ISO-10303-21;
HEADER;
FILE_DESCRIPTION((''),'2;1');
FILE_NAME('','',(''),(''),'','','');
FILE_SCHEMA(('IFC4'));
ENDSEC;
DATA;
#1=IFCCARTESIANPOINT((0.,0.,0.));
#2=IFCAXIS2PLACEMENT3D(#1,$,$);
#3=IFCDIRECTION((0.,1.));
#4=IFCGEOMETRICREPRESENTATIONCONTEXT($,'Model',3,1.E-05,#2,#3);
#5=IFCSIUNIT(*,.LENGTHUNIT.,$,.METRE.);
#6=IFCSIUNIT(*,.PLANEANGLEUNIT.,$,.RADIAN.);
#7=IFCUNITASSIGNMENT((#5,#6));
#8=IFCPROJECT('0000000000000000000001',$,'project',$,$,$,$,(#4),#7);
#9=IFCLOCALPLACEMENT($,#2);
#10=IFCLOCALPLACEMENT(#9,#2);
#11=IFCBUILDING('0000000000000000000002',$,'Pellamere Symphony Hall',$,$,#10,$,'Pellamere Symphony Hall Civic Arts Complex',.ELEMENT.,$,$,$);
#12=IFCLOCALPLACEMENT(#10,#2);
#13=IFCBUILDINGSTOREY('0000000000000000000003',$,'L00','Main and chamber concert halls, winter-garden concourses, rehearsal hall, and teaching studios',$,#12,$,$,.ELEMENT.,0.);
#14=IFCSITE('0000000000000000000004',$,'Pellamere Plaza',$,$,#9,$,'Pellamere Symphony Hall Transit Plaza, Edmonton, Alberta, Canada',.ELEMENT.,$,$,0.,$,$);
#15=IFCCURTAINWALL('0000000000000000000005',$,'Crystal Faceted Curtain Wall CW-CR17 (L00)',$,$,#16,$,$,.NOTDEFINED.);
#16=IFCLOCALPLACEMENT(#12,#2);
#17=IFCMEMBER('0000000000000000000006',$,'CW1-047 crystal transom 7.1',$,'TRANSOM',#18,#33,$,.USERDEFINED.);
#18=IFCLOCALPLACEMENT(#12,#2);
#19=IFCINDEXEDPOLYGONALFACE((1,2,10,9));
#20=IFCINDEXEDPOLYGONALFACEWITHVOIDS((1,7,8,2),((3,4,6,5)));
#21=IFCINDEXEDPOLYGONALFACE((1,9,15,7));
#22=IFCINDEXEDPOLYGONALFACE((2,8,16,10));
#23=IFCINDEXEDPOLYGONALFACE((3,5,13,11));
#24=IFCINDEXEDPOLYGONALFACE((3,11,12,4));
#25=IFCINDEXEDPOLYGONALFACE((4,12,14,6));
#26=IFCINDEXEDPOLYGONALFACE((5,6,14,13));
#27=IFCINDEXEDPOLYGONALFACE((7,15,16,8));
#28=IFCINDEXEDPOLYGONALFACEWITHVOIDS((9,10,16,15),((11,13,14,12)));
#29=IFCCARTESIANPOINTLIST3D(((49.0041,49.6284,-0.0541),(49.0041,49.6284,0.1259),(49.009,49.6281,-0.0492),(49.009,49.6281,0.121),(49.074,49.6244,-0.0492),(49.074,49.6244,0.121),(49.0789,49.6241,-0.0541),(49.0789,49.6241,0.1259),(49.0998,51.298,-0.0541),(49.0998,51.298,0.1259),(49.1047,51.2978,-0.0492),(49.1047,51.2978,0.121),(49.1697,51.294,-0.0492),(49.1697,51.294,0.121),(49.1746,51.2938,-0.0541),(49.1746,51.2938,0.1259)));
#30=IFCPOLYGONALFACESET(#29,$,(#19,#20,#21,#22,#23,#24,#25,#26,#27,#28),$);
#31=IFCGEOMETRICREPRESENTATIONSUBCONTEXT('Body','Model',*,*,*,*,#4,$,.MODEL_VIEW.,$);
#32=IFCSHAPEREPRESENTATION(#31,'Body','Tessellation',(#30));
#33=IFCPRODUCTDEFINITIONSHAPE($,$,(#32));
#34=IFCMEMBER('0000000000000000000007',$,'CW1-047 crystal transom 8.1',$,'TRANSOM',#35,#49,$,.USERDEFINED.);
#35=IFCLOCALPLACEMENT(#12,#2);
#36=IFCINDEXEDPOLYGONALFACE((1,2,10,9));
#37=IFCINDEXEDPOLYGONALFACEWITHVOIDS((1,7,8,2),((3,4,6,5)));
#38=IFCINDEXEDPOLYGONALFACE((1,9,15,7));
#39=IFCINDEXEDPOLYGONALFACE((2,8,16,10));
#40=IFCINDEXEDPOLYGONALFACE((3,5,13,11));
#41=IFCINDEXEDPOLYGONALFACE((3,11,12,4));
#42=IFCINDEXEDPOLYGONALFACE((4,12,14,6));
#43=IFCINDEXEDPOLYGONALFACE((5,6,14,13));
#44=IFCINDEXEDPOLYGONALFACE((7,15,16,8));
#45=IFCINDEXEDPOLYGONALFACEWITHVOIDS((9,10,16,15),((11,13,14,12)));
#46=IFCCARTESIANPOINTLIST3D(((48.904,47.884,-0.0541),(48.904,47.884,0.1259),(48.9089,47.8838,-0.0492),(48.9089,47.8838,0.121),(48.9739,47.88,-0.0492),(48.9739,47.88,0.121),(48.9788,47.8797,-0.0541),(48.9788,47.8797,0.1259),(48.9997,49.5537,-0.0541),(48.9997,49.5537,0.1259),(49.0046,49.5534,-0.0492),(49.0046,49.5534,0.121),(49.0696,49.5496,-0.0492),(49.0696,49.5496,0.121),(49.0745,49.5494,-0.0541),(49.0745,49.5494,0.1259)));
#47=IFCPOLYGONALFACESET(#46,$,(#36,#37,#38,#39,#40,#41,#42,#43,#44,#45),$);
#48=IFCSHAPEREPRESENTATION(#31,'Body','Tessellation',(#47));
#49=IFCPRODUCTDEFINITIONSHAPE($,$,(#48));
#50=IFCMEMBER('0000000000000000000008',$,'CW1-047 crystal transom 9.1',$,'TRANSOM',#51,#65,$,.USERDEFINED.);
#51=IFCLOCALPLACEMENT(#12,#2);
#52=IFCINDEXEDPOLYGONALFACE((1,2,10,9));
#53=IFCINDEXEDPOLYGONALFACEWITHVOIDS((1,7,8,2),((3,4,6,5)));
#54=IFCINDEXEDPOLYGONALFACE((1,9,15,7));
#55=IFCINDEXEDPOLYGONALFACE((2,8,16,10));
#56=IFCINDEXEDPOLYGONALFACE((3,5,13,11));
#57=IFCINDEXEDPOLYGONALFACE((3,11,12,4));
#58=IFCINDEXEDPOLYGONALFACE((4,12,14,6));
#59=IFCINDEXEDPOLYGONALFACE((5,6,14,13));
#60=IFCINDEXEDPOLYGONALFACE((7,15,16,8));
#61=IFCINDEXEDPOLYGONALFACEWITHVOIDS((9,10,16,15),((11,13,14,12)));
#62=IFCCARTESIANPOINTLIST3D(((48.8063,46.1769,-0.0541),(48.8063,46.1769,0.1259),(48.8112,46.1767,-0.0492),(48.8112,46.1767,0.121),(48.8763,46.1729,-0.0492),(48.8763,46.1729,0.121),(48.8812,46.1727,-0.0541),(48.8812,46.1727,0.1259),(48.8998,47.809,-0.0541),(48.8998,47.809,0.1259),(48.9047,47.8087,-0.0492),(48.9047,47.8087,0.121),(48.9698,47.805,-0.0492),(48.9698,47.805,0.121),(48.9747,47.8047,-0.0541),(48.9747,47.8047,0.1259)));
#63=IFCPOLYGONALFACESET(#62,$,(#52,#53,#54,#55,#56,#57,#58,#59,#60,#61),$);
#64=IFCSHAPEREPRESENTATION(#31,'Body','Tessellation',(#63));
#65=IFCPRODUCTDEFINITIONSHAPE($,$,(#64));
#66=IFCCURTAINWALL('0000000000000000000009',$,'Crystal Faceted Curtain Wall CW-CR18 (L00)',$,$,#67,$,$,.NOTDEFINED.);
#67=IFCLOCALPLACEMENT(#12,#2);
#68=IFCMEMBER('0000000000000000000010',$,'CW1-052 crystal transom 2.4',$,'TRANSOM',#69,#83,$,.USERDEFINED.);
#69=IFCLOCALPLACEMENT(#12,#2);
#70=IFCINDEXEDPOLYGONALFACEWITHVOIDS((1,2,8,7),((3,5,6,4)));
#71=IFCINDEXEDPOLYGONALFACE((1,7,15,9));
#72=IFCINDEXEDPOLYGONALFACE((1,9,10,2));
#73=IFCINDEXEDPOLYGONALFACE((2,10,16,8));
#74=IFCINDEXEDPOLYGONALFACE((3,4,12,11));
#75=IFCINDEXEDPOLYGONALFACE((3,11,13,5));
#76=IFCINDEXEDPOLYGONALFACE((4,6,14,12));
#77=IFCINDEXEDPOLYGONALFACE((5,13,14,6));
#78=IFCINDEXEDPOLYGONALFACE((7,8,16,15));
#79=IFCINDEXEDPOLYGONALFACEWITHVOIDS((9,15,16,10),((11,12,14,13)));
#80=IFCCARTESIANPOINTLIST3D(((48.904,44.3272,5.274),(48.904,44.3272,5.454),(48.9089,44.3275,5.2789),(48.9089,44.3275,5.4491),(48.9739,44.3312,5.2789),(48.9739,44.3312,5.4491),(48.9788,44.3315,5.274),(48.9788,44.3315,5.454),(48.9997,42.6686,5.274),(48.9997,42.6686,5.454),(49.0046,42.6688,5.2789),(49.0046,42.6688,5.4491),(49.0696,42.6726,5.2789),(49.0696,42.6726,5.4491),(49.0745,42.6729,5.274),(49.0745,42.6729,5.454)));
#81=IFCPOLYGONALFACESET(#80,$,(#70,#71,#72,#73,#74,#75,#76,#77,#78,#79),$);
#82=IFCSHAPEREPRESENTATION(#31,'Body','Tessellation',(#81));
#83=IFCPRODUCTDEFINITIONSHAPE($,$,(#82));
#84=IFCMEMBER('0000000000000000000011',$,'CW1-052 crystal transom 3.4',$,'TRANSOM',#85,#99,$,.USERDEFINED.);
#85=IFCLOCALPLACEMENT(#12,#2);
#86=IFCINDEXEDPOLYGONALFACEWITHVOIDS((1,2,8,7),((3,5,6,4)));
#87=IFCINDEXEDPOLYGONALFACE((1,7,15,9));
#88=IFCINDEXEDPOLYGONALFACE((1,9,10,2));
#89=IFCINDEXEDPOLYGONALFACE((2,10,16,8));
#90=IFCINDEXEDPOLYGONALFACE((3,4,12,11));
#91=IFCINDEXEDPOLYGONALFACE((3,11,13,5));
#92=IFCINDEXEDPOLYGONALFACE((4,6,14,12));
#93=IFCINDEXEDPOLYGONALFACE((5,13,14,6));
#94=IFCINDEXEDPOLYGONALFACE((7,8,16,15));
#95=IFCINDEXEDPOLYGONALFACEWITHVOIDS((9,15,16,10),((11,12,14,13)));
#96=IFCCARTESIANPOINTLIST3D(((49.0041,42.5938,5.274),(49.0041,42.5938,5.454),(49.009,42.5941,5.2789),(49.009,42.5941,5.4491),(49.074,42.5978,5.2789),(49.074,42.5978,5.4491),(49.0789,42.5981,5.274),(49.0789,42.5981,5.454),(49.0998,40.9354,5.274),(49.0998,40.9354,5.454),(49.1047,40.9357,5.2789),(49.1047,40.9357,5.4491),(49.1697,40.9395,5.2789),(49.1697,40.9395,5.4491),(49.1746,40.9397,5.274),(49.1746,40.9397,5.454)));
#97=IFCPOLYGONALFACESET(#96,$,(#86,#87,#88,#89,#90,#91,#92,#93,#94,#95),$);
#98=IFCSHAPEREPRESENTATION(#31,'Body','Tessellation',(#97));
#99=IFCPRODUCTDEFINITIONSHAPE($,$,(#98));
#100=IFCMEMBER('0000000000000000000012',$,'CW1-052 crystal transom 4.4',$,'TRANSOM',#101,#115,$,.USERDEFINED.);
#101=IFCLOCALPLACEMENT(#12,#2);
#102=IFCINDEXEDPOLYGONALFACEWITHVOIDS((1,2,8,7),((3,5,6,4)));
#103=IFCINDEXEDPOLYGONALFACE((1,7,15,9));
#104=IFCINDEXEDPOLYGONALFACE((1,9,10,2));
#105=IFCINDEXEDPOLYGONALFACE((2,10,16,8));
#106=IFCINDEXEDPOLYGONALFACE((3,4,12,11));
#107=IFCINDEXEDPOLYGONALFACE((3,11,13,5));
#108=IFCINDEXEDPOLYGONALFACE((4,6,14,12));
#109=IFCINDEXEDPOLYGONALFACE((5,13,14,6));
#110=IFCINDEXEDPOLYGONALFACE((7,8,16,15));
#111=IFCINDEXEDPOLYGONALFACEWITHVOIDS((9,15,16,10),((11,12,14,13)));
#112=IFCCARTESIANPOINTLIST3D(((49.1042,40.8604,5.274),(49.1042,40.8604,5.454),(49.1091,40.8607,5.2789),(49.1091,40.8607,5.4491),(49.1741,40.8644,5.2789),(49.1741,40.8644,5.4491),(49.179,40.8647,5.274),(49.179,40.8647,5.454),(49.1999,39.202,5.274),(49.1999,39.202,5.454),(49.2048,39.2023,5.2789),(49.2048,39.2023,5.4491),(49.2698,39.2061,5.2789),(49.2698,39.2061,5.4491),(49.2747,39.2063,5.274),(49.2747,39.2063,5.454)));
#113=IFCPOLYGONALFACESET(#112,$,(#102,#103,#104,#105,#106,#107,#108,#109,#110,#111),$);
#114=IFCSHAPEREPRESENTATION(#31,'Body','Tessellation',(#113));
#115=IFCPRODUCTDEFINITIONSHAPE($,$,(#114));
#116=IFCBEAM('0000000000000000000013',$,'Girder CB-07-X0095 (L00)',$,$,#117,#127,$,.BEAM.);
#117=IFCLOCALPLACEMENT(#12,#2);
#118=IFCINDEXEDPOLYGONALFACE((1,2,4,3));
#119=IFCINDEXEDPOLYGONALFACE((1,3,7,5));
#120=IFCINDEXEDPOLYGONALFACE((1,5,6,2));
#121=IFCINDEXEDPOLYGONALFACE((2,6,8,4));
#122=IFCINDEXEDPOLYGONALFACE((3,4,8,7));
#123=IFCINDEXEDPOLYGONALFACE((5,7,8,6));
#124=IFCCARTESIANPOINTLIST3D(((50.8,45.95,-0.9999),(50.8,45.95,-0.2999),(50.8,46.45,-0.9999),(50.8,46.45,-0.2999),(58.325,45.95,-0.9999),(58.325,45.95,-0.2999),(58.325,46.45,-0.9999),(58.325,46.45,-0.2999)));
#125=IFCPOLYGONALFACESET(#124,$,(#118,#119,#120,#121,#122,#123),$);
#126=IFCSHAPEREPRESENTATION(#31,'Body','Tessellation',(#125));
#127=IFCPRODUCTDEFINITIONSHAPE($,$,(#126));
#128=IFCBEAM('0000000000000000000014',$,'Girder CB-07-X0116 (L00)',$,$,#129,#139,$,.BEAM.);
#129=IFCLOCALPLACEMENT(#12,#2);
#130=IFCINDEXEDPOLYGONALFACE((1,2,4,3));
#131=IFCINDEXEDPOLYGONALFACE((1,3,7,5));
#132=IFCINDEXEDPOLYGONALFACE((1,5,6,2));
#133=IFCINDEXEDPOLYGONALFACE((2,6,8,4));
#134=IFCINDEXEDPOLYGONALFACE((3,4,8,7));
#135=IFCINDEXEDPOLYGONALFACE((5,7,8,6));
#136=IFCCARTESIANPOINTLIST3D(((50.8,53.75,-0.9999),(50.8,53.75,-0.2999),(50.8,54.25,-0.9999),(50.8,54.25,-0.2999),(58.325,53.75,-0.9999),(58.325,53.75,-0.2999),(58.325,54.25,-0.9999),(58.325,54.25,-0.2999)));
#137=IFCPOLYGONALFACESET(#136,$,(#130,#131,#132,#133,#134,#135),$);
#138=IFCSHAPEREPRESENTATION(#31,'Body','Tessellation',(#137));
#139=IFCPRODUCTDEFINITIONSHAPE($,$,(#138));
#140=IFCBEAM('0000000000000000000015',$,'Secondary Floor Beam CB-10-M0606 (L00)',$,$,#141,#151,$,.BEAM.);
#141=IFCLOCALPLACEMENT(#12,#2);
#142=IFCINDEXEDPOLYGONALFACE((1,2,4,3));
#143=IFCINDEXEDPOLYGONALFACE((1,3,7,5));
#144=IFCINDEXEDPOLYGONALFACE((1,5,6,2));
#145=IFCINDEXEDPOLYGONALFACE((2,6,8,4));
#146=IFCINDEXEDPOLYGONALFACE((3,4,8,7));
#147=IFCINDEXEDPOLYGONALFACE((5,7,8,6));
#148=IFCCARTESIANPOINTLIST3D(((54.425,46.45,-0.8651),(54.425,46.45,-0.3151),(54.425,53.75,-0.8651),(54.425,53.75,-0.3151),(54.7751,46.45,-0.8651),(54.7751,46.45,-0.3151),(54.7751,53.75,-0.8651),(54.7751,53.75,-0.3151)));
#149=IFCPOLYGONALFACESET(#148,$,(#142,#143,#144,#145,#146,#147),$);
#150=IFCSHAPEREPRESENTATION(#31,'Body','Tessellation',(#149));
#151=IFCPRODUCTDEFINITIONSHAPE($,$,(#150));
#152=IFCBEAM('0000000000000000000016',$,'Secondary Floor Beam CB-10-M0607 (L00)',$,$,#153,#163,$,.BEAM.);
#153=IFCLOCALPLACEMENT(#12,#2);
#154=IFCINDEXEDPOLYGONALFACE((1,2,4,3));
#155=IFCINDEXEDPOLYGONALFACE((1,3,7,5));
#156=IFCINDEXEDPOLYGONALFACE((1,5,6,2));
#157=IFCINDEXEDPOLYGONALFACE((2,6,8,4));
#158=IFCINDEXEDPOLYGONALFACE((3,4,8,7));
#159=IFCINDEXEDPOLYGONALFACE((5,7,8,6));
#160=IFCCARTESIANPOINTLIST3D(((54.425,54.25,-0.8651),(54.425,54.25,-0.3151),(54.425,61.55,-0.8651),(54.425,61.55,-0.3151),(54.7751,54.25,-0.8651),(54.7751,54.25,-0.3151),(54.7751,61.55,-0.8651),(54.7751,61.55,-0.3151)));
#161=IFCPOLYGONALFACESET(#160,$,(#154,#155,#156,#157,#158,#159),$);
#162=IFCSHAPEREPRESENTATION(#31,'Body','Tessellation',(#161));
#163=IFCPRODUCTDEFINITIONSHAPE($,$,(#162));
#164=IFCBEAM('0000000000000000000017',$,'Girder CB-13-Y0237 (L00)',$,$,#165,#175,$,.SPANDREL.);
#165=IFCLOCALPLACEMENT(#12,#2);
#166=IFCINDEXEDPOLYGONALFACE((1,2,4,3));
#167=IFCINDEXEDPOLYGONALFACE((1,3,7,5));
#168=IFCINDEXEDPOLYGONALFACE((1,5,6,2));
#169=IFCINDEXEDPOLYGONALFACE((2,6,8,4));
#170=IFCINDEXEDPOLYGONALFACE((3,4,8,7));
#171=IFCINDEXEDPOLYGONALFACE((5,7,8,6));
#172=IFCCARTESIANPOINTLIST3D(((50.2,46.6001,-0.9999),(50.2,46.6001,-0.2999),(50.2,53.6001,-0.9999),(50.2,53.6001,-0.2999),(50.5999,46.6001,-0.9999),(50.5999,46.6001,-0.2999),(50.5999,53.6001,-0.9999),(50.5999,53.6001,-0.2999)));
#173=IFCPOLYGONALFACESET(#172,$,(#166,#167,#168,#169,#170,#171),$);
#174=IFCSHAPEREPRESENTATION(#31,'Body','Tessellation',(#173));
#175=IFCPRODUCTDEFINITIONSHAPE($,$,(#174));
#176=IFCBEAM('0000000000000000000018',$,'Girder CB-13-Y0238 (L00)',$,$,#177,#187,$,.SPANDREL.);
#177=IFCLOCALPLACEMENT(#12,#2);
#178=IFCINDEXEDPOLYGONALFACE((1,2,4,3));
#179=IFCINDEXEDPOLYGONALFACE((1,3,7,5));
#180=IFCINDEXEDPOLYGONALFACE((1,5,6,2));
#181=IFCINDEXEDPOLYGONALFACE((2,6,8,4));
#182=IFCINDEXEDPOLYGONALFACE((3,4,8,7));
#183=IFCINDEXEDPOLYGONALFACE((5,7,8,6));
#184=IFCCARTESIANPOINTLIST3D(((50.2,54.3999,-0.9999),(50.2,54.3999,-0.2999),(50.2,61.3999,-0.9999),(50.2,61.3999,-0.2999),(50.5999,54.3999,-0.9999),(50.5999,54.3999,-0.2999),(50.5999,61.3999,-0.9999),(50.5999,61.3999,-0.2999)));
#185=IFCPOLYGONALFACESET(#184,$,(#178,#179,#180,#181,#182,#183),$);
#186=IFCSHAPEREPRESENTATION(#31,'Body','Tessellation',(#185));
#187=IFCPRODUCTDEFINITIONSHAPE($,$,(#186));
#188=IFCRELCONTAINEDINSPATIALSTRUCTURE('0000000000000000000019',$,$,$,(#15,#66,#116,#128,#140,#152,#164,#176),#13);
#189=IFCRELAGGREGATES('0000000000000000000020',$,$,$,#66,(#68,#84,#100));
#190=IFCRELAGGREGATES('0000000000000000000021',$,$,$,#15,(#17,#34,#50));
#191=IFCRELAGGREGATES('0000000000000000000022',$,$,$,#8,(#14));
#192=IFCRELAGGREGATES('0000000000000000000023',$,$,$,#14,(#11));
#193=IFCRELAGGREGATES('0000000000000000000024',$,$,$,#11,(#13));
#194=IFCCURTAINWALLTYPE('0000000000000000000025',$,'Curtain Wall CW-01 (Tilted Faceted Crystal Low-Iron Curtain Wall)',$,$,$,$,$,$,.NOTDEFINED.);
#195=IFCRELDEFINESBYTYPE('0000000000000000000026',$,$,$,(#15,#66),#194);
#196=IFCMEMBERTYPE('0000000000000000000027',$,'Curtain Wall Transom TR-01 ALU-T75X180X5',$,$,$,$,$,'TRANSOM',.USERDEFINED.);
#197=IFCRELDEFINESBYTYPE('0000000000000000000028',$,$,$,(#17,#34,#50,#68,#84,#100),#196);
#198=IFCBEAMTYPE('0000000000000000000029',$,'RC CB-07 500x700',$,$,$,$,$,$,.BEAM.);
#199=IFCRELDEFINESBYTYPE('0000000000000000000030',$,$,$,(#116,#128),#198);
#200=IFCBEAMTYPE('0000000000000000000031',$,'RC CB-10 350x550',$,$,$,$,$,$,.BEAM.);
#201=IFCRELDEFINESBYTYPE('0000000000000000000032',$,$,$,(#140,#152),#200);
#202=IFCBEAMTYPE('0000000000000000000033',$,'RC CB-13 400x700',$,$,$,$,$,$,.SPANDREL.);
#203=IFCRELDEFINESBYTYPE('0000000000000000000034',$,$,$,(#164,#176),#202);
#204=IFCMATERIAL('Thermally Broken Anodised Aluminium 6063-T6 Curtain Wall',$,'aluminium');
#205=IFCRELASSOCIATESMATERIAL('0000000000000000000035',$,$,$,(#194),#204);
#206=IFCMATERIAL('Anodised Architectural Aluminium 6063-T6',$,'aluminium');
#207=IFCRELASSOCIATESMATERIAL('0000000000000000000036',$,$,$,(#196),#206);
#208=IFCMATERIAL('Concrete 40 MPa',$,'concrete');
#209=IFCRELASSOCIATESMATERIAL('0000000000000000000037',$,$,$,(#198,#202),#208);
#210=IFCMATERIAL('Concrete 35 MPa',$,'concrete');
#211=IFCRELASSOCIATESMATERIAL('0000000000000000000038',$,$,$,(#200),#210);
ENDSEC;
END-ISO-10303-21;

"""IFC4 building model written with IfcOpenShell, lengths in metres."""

from ifc_helpers import new_model, si_unit, direction, frame, origin, origin_2d, place, context, subcontext, project, spatial, rectangle, hollow_rectangle, extrude, material, material_profile, profile_set, type_object, element, aggregate, save


model = new_model("IFC4")

# Units and contexts
model_context = context("Model", 3, precision=1e-05, world=origin(), true_north=direction((0.0, 1.0)))
body_context = subcontext(model_context, "Body", "Model", "MODEL_VIEW")
ifc_project = project(units=[si_unit("LENGTHUNIT", "METRE"), si_unit("PLANEANGLEUNIT", "RADIAN")], contexts=[model_context])

# Site, building, storey
site_placement = place(None, origin())
site = spatial("IfcSite", under=ifc_project, at=site_placement, Name="Pellamere Plaza", LongName="Pellamere Symphony Hall Transit Plaza, Edmonton, Alberta, Canada", CompositionType="ELEMENT", RefElevation=0.0)
building_placement = place(site_placement, origin())
building = spatial("IfcBuilding", under=site, at=building_placement, Name="Pellamere Symphony Hall", LongName="Pellamere Symphony Hall Civic Arts Complex", CompositionType="ELEMENT")
storey_placement = place(building_placement, origin())
storey = spatial("IfcBuildingStorey", under=building, at=storey_placement, Name="L00", Description="Main and chamber concert halls, winter-garden concourses, rehearsal hall, and teaching studios", CompositionType="ELEMENT", Elevation=0.0)

# Shared definitions
ifc_material_1 = material(Name="Concrete 40 MPa", Category="concrete")

# Curtain walls, members
ifc_material_2 = material(Name="Thermally Broken Anodised Aluminium 6063-T6 Curtain Wall", Category="aluminium")
curtain_wall_type = type_object("IfcCurtainWallType", Name="Curtain Wall CW-01 (Tilted Faceted Crystal Low-Iron Curtain Wall)", PredefinedType="NOTDEFINED", material=ifc_material_2)
curtain_wall_1_placement = place(storey_placement, origin())
curtain_wall_1 = element("IfcCurtainWall", 1, at=curtain_wall_1_placement, inside=storey, type_object=curtain_wall_type, Name="Crystal Faceted Curtain Wall CW-CR17 (L00)", PredefinedType="NOTDEFINED")
ifc_material_3 = material(Name="Anodised Architectural Aluminium 6063-T6", Category="aluminium")
ifc_material_profile_1 = material_profile(ifc_material_3, hollow_rectangle(XDim=0.075, YDim=0.1799, WallThickness=0.0049, at=origin_2d()), Name="ALU-T75X180X5")
ifc_profile_set_1 = profile_set([ifc_material_profile_1], Name="Anodised Architectural Aluminium 6063-T6")
member_type_1 = type_object("IfcMemberType", Name="Curtain Wall Transom TR-01 ALU-T75X180X5", ElementType="TRANSOM", PredefinedType="USERDEFINED", material=ifc_profile_set_1)
member_1_placement = place(storey_placement, frame((49.1372, 51.2959, 0.0359), z_axis=(-0.057224, -0.998361, 0.0), x_axis=(0.998361, -0.057224, 0.0)))
member_1 = element("IfcMember", 2, at=member_1_placement, type_object=member_type_1, Name="CW1-047 crystal transom 7.1", ObjectType="TRANSOM", PredefinedType="USERDEFINED", context=body_context, shape_type="SweptSolid", body=[
    extrude(hollow_rectangle(XDim=0.075, YDim=0.1799, WallThickness=0.0049, at=origin_2d()), origin(), (0.0, 0.0, 1.0), 1.6724),
])
member_2_placement = place(storey_placement, frame((49.0371, 49.5515, 0.0359), z_axis=(-0.057224, -0.998361, 0.0), x_axis=(0.998361, -0.057224, 0.0)))
member_2 = element("IfcMember", 3, at=member_2_placement, type_object=member_type_1, Name="CW1-047 crystal transom 8.1", ObjectType="TRANSOM", PredefinedType="USERDEFINED", context=body_context, shape_type="SweptSolid", body=[
    extrude(hollow_rectangle(XDim=0.075, YDim=0.1799, WallThickness=0.0049, at=origin_2d()), origin(), (0.0, 0.0, 1.0), 1.6724),
])
member_3_placement = place(storey_placement, frame((48.9373, 47.8069, 0.0359), z_axis=(-0.057199, -0.998363, 0.0), x_axis=(0.998363, -0.057199, 0.0)))
member_3 = element("IfcMember", 4, at=member_3_placement, type_object=member_type_1, Name="CW1-047 crystal transom 9.1", ObjectType="TRANSOM", PredefinedType="USERDEFINED", context=body_context, shape_type="SweptSolid", body=[
    extrude(hollow_rectangle(XDim=0.075, YDim=0.1799, WallThickness=0.0049, at=origin_2d()), origin(), (0.0, 0.0, 1.0), 1.6348),
])
curtain_wall_2_placement = place(storey_placement, origin())
curtain_wall_2 = element("IfcCurtainWall", 5, at=curtain_wall_2_placement, inside=storey, type_object=curtain_wall_type, Name="Crystal Faceted Curtain Wall CW-CR18 (L00)", PredefinedType="NOTDEFINED")
member_4_placement = place(storey_placement, frame((48.9414, 44.3293, 5.364), z_axis=(0.057602, -0.99834, 0.0), x_axis=(0.99834, 0.057602, 0.0)))
member_4 = element("IfcMember", 6, at=member_4_placement, type_object=member_type_1, Name="CW1-052 crystal transom 2.4", ObjectType="TRANSOM", PredefinedType="USERDEFINED", context=body_context, shape_type="SweptSolid", body=[
    extrude(hollow_rectangle(XDim=0.075, YDim=0.1799, WallThickness=0.0049, at=origin_2d()), origin(), (0.0, 0.0, 1.0), 1.6614),
])
member_5_placement = place(storey_placement, frame((49.0415, 42.5959, 5.364), z_axis=(0.057611, -0.998339, 0.0), x_axis=(0.998339, 0.057611, 0.0)))
member_5 = element("IfcMember", 7, at=member_5_placement, type_object=member_type_1, Name="CW1-052 crystal transom 3.4", ObjectType="TRANSOM", PredefinedType="USERDEFINED", context=body_context, shape_type="SweptSolid", body=[
    extrude(hollow_rectangle(XDim=0.075, YDim=0.1799, WallThickness=0.0049, at=origin_2d()), origin(), (0.0, 0.0, 1.0), 1.6611),
])
member_6_placement = place(storey_placement, frame((49.1416, 40.8625, 5.364), z_axis=(0.057611, -0.998339, 0.0), x_axis=(0.998339, 0.057611, 0.0)))
member_6 = element("IfcMember", 8, at=member_6_placement, type_object=member_type_1, Name="CW1-052 crystal transom 4.4", ObjectType="TRANSOM", PredefinedType="USERDEFINED", context=body_context, shape_type="SweptSolid", body=[
    extrude(hollow_rectangle(XDim=0.075, YDim=0.1799, WallThickness=0.0049, at=origin_2d()), origin(), (0.0, 0.0, 1.0), 1.6611),
])
aggregate(curtain_wall_2, [member_4, member_5, member_6])

# Beams
ifc_material_profile_2 = material_profile(ifc_material_1, rectangle(XDim=0.5, YDim=0.7, at=origin_2d()), Name="RC 500x700")
ifc_profile_set_2 = profile_set([ifc_material_profile_2], Name="Concrete 40 MPa")
beam_type_1 = type_object("IfcBeamType", Name="RC CB-07 500x700", PredefinedType="BEAM", material=ifc_profile_set_2)
for number, where, z_axis, x_axis, name in (
    (9, (50.8, 46.2, -0.6499), (1.0, 0.0, 0.0), (0.0, 1.0, 0.0), "Girder CB-07-X0095 (L00)"),
    (10, (50.8, 54.0, -0.6499), (1.0, 0.0, 0.0), (0.0, 1.0, 0.0), "Girder CB-07-X0116 (L00)"),
):
    element("IfcBeam", number, at=place(storey_placement, frame(where, z_axis=z_axis, x_axis=x_axis)), inside=storey, type_object=beam_type_1, Name=name, PredefinedType="BEAM", context=body_context, shape_type="SweptSolid", body=[
        extrude(rectangle(XDim=0.5, YDim=0.7, at=origin_2d()), origin(), (0.0, 0.0, 1.0), 7.5249),
    ])
ifc_material_4 = material(Name="Concrete 35 MPa", Category="concrete")
ifc_material_profile_3 = material_profile(ifc_material_4, rectangle(XDim=0.3501, YDim=0.55, at=origin_2d()), Name="RC 350x550")
ifc_profile_set_3 = profile_set([ifc_material_profile_3], Name="Concrete 35 MPa")
beam_type_2 = type_object("IfcBeamType", Name="RC CB-10 350x550", PredefinedType="BEAM", material=ifc_profile_set_3)
for number, where, z_axis, x_axis, name in (
    (11, (54.6001, 46.45, -0.5901), (0.0, 1.0, 0.0), (-1.0, 0.0, 0.0), "Secondary Floor Beam CB-10-M0606 (L00)"),
    (12, (54.6001, 54.25, -0.5901), (0.0, 1.0, 0.0), (-1.0, 0.0, 0.0), "Secondary Floor Beam CB-10-M0607 (L00)"),
):
    element("IfcBeam", number, at=place(storey_placement, frame(where, z_axis=z_axis, x_axis=x_axis)), inside=storey, type_object=beam_type_2, Name=name, PredefinedType="BEAM", context=body_context, shape_type="SweptSolid", body=[
        extrude(rectangle(XDim=0.3501, YDim=0.55, at=origin_2d()), origin(), (0.0, 0.0, 1.0), 7.3),
    ])
ifc_material_profile_4 = material_profile(ifc_material_1, rectangle(XDim=0.3999, YDim=0.7, at=origin_2d()), Name="RC 400x700")
ifc_profile_set_4 = profile_set([ifc_material_profile_4], Name="Concrete 40 MPa")
beam_type_3 = type_object("IfcBeamType", Name="RC CB-13 400x700", PredefinedType="SPANDREL", material=ifc_profile_set_4)
for number, where, z_axis, x_axis, name in (
    (13, (50.3999, 46.6001, -0.6499), (0.0, 1.0, 0.0), (-1.0, 0.0, 0.0), "Girder CB-13-Y0237 (L00)"),
    (14, (50.3999, 54.3999, -0.6499), (0.0, 1.0, 0.0), (-1.0, 0.0, 0.0), "Girder CB-13-Y0238 (L00)"),
):
    element("IfcBeam", number, at=place(storey_placement, frame(where, z_axis=z_axis, x_axis=x_axis)), inside=storey, type_object=beam_type_3, Name=name, PredefinedType="SPANDREL", context=body_context, shape_type="SweptSolid", body=[
        extrude(rectangle(XDim=0.3999, YDim=0.7, at=origin_2d()), origin(), (0.0, 0.0, 1.0), 7.0),
    ])

aggregate(curtain_wall_1, [member_1, member_2, member_3])

save(model, "model.ifc")
